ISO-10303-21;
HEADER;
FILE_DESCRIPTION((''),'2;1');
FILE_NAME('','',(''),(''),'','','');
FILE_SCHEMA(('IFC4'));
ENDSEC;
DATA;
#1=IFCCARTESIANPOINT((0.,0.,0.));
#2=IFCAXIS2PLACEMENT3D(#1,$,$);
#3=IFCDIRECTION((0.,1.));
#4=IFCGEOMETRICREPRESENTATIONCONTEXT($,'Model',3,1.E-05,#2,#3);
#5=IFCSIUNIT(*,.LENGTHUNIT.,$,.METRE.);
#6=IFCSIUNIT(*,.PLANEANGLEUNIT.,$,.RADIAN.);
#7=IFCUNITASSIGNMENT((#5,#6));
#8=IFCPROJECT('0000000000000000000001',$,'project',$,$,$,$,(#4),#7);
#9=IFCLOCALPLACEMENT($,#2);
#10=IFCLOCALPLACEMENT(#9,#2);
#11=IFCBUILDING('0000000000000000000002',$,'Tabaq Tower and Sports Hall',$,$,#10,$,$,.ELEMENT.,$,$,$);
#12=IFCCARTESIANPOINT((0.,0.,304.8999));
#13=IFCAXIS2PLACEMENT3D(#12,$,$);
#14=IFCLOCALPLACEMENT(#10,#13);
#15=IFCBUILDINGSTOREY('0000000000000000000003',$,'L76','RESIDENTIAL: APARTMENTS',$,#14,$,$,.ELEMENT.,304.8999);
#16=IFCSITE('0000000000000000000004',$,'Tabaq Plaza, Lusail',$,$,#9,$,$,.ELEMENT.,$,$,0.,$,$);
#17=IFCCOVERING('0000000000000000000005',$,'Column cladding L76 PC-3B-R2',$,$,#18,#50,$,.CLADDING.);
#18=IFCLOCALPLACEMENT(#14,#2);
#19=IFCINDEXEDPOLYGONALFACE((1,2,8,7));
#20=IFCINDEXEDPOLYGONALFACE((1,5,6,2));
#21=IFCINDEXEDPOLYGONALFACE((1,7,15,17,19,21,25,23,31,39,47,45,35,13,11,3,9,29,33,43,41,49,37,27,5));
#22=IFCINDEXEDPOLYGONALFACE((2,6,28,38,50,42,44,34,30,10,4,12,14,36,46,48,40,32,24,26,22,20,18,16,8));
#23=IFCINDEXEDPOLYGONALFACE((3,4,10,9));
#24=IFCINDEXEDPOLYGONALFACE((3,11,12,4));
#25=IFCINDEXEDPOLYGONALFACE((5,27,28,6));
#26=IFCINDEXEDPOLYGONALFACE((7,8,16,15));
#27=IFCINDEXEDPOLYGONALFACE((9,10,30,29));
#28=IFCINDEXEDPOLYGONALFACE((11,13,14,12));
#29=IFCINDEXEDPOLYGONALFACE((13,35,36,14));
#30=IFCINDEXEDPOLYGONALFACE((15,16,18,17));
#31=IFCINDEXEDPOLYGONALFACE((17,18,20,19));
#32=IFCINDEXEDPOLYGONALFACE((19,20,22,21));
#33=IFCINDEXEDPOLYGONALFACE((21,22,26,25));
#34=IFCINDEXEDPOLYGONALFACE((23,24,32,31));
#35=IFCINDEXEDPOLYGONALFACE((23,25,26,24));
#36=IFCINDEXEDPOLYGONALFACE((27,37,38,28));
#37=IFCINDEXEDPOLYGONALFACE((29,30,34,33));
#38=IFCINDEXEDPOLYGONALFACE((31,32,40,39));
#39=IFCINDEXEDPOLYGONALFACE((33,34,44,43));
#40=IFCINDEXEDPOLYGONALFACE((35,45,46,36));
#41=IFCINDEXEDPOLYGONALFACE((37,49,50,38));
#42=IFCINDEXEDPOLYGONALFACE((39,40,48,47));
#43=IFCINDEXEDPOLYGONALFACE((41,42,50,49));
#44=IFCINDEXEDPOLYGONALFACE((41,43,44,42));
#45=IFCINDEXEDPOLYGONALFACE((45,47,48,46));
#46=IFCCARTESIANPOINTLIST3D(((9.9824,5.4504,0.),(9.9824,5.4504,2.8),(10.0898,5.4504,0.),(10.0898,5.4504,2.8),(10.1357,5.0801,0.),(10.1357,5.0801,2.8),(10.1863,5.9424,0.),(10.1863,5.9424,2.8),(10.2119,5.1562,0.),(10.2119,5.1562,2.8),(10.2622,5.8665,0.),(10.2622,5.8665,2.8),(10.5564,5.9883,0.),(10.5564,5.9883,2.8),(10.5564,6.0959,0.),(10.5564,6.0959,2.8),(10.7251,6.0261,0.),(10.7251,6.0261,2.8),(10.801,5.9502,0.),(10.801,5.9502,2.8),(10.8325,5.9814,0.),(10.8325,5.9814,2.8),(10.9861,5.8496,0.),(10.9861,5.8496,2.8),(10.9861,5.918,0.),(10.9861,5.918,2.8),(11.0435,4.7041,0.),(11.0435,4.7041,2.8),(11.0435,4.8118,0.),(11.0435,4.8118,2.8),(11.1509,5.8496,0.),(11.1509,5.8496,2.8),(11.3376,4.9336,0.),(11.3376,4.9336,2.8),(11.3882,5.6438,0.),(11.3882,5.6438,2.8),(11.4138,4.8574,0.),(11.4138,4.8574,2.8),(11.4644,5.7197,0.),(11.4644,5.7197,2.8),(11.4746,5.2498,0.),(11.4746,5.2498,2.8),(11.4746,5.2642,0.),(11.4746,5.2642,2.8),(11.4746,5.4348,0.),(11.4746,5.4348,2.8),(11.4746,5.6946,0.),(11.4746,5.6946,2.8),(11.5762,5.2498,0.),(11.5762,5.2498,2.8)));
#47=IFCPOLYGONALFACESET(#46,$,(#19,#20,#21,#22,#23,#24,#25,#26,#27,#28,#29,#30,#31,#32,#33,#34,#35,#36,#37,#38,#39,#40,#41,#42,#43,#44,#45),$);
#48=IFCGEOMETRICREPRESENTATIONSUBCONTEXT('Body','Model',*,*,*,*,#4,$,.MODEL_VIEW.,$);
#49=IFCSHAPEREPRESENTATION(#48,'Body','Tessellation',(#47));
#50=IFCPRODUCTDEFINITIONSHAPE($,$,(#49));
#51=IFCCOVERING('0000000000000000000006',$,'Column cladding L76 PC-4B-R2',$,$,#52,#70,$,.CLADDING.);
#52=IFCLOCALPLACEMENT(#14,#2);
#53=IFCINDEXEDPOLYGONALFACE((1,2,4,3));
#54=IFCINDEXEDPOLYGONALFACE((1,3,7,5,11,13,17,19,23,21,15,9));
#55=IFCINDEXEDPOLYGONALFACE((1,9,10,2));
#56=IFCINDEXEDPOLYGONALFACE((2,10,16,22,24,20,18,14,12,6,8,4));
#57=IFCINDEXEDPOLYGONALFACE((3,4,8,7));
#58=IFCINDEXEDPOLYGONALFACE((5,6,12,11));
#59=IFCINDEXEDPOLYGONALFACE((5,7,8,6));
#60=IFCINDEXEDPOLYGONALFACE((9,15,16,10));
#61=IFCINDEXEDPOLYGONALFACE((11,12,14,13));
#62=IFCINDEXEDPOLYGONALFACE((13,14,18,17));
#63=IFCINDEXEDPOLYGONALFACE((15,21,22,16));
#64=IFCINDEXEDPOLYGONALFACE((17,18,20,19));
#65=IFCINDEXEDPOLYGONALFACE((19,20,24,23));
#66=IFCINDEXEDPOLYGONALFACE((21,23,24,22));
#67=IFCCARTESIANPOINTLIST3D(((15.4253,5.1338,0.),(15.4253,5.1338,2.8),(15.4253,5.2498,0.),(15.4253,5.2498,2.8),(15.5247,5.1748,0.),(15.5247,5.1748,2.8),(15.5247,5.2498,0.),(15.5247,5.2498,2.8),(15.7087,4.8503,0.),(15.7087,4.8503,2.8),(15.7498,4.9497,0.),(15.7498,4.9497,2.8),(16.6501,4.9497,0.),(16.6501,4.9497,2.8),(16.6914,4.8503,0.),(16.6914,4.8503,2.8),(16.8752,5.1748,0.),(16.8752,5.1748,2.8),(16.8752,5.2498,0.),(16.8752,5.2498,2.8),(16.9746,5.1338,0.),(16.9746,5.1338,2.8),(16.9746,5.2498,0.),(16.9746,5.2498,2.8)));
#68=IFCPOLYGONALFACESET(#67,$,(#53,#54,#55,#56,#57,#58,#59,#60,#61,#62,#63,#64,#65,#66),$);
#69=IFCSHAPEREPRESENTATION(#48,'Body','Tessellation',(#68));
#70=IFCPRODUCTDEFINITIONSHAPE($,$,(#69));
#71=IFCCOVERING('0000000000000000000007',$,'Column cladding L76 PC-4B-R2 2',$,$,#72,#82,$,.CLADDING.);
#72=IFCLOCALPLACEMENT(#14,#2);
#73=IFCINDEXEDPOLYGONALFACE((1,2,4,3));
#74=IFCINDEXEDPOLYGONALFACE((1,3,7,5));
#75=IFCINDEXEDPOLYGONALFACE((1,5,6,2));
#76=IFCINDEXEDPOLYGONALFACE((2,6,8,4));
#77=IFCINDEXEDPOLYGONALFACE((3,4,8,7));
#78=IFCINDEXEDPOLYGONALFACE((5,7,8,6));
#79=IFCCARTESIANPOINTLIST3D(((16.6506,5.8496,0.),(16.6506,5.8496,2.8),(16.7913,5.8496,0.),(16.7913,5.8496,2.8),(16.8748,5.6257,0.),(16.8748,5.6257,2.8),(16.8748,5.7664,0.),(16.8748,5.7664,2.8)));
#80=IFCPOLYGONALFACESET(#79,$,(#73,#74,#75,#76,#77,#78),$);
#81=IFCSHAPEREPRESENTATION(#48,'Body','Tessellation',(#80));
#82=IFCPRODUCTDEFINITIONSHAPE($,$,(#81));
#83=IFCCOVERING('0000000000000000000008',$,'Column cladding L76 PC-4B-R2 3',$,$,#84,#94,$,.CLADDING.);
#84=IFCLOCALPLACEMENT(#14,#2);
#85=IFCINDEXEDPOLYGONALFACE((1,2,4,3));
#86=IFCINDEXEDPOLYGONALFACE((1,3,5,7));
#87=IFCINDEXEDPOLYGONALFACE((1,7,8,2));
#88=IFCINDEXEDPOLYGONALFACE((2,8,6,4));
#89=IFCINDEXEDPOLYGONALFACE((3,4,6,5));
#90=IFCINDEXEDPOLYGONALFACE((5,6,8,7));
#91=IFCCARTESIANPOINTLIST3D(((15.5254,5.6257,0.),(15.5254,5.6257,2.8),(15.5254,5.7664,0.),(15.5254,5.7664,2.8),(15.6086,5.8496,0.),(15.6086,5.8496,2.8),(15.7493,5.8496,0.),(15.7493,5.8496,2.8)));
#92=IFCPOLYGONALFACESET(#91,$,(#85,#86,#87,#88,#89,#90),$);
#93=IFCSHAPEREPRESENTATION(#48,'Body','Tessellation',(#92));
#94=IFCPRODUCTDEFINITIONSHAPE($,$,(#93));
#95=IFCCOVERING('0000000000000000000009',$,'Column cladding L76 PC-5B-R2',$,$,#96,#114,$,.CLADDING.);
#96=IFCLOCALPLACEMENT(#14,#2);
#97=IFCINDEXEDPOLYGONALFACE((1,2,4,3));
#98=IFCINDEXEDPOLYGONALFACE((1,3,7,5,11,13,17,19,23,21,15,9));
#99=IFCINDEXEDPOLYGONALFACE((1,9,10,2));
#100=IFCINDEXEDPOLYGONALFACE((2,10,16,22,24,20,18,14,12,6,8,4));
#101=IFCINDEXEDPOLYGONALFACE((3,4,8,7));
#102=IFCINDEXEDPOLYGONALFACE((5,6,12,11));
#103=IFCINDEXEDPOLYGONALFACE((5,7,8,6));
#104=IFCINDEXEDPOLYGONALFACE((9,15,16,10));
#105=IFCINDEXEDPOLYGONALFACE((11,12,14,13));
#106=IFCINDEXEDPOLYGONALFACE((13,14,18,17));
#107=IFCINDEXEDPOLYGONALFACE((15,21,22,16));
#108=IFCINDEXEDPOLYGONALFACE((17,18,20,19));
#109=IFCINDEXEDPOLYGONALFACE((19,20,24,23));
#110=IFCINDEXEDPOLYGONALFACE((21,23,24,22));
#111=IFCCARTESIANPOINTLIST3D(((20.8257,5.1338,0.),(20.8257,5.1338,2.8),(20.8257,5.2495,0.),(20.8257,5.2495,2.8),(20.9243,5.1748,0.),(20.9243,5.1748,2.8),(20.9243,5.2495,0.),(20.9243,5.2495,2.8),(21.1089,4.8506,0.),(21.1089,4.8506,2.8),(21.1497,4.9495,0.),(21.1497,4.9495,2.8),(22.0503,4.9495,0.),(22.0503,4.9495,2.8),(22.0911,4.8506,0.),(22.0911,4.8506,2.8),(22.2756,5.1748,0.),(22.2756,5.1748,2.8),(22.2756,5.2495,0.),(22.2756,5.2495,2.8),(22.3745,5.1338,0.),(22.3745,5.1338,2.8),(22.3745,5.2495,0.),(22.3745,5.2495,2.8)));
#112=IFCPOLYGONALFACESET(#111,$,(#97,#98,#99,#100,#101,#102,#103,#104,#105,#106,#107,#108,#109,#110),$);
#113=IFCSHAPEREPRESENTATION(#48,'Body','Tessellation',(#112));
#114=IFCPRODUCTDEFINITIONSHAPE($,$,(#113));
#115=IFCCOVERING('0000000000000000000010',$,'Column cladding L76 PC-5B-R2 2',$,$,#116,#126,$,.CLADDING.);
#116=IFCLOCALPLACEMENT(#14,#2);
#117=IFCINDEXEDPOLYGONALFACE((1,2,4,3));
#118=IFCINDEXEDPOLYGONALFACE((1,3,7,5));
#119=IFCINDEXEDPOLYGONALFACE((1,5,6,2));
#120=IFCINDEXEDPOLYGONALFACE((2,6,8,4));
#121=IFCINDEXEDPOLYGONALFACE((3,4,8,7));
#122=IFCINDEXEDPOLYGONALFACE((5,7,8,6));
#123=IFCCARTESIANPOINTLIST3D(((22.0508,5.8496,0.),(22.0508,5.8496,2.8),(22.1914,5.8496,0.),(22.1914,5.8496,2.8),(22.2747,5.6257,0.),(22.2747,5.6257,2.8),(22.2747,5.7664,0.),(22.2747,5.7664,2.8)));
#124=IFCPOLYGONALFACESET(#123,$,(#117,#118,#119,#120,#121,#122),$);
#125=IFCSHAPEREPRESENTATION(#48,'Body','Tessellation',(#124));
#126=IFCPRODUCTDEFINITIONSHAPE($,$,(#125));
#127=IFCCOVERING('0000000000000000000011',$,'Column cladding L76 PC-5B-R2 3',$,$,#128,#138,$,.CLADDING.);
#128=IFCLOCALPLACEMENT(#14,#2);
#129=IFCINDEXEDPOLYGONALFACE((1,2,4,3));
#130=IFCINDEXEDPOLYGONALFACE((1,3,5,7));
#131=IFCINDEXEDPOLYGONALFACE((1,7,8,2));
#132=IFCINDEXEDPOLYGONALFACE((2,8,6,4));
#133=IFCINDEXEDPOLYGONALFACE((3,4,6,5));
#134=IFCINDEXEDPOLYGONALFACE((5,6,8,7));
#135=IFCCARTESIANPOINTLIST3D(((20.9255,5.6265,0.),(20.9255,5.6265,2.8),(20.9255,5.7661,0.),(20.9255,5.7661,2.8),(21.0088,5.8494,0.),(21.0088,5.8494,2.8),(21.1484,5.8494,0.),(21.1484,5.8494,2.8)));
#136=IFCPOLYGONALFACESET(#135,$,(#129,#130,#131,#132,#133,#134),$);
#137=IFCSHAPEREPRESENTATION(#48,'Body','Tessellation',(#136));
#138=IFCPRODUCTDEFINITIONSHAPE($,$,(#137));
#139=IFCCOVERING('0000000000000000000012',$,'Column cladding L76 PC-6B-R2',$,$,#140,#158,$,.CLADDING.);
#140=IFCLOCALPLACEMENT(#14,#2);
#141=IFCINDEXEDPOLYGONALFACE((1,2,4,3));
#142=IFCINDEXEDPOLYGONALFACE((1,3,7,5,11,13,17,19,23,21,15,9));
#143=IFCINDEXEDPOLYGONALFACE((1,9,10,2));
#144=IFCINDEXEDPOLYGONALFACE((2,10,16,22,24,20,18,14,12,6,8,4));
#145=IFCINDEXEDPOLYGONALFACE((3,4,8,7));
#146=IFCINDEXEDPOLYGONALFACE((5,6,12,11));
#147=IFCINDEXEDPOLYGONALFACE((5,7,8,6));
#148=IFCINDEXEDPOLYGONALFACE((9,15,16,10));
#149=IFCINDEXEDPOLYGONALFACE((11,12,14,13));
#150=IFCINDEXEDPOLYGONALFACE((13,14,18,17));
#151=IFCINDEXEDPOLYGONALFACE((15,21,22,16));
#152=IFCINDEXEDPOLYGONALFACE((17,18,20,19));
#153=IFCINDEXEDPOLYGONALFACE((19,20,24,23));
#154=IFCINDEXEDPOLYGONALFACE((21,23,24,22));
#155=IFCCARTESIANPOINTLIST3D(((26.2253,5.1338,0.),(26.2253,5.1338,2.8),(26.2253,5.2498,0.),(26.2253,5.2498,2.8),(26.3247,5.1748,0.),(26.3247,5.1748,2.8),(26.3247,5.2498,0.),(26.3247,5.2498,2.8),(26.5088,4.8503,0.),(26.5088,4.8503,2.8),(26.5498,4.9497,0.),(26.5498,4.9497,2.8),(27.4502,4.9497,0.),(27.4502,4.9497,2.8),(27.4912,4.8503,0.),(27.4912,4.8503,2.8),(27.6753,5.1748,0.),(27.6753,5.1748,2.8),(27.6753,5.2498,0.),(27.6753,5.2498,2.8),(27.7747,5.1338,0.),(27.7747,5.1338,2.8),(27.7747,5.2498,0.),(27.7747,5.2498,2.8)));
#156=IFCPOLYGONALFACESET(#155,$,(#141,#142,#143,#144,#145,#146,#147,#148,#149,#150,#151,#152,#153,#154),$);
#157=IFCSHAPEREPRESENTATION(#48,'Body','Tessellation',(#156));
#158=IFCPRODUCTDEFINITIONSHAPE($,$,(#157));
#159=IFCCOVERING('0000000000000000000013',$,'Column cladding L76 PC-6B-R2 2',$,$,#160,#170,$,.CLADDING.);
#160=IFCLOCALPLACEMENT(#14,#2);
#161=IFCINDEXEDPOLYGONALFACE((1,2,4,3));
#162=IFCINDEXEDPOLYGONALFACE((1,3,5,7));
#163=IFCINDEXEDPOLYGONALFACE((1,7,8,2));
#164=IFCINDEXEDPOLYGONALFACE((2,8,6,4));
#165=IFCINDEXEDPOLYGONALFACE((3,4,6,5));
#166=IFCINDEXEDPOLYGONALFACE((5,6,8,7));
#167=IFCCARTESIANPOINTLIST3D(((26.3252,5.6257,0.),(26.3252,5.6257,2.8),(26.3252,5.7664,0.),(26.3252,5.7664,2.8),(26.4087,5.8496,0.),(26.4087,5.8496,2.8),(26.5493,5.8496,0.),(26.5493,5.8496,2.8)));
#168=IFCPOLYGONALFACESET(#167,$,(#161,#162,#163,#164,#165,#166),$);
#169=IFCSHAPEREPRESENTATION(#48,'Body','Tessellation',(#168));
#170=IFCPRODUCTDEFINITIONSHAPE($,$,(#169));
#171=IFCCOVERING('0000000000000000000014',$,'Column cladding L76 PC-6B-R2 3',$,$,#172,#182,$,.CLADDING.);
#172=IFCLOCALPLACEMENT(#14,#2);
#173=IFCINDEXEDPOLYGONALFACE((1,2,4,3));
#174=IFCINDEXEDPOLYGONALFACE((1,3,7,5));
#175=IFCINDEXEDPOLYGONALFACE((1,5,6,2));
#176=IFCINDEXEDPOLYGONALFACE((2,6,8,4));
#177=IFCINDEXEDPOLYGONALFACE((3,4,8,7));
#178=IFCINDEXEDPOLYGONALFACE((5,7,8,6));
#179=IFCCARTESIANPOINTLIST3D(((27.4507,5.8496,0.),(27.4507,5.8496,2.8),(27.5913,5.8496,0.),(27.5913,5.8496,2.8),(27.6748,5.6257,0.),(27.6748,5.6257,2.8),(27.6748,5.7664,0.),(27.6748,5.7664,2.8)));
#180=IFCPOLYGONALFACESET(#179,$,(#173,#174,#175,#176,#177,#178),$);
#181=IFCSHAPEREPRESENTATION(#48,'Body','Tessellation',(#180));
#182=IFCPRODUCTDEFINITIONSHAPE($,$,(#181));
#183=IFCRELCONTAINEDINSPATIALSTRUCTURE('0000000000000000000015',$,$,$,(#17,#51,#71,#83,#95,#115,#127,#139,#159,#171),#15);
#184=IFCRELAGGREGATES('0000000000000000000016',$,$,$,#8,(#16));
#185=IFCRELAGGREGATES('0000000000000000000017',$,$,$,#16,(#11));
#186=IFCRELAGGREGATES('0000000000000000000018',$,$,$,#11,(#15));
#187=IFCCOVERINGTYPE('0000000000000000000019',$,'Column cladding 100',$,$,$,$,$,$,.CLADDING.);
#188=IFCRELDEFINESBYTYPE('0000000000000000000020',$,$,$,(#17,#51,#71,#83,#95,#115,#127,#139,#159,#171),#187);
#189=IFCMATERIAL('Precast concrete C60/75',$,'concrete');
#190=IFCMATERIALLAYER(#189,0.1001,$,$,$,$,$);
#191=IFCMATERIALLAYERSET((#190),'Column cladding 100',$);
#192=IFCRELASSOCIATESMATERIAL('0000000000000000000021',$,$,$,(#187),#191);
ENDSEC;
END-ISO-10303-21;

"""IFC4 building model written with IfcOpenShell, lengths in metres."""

from ifc_helpers import new_model, si_unit, direction, frame, origin, place, context, subcontext, project, spatial, polyline, outline, extrude, material, layer, layer_set, type_object, element, save


model = new_model("IFC4")

# Units and contexts
model_context = context("Model", 3, precision=1e-05, world=origin(), true_north=direction((0.0, 1.0)))
body_context = subcontext(model_context, "Body", "Model", "MODEL_VIEW")
ifc_project = project(units=[si_unit("LENGTHUNIT", "METRE"), si_unit("PLANEANGLEUNIT", "RADIAN")], contexts=[model_context])

# Site, building, storey
site_placement = place(None, origin())
site = spatial("IfcSite", under=ifc_project, at=site_placement, Name="Tabaq Plaza, Lusail", CompositionType="ELEMENT", RefElevation=0.0)
building_placement = place(site_placement, origin())
building = spatial("IfcBuilding", under=site, at=building_placement, Name="Tabaq Tower and Sports Hall", CompositionType="ELEMENT")
storey_placement = place(building_placement, frame((0.0, 0.0, 304.8999)))
storey = spatial("IfcBuildingStorey", under=building, at=storey_placement, Name="L76", Description="RESIDENTIAL: APARTMENTS", CompositionType="ELEMENT", Elevation=304.8999)

# Coverings
ifc_material_1 = material(Name="Precast concrete C60/75", Category="concrete")
ifc_layer_1 = layer(ifc_material_1, 0.1001)
ifc_layer_set_1 = layer_set([ifc_layer_1], Name="Column cladding 100")
covering_type = type_object("IfcCoveringType", Name="Column cladding 100", PredefinedType="CLADDING", material=ifc_layer_set_1)
covering_1_placement = place(storey_placement, origin())
element("IfcCovering", 1, at=covering_1_placement, inside=storey, type_object=covering_type, Name="Column cladding L76 PC-3B-R2", PredefinedType="CLADDING", context=body_context, shape_type="SweptSolid", body=[
    extrude(outline(polyline([(11.4138, 4.8574), (11.0435, 4.7041), (10.1357, 5.0801), (9.9824, 5.4504), (10.1863, 5.9424), (10.5564, 6.0959), (10.7251, 6.0261), (10.801, 5.9502), (10.8325, 5.9814), (10.9861, 5.918), (10.9861, 5.8496), (11.1509, 5.8496), (11.4644, 5.7197), (11.4746, 5.6946), (11.4746, 5.4348), (11.3882, 5.6438), (10.5564, 5.9883), (10.2622, 5.8665), (10.0898, 5.4504), (10.2119, 5.1562), (11.0435, 4.8118), (11.3376, 4.9336), (11.4746, 5.2642), (11.4746, 5.2498), (11.5762, 5.2498), (11.4138, 4.8574)])), origin(), (0.0, 0.0, 1.0), 2.8),
])
covering_2_placement = place(storey_placement, origin())
element("IfcCovering", 2, at=covering_2_placement, inside=storey, type_object=covering_type, Name="Column cladding L76 PC-4B-R2", PredefinedType="CLADDING", context=body_context, shape_type="SweptSolid", body=[
    extrude(outline(polyline([(15.4253, 5.2498), (15.5247, 5.2498), (15.5247, 5.1748), (15.7498, 4.9497), (16.6501, 4.9497), (16.8752, 5.1748), (16.8752, 5.2498), (16.9746, 5.2498), (16.9746, 5.1338), (16.6914, 4.8503), (15.7087, 4.8503), (15.4253, 5.1338), (15.4253, 5.2498)])), origin(), (0.0, 0.0, 1.0), 2.8),
])
covering_3_placement = place(storey_placement, origin())
element("IfcCovering", 3, at=covering_3_placement, inside=storey, type_object=covering_type, Name="Column cladding L76 PC-4B-R2 2", PredefinedType="CLADDING", context=body_context, shape_type="SweptSolid", body=[
    extrude(outline(polyline([(16.8748, 5.7664), (16.8748, 5.6257), (16.6506, 5.8496), (16.7913, 5.8496), (16.8748, 5.7664)])), origin(), (0.0, 0.0, 1.0), 2.8),
])
covering_4_placement = place(storey_placement, origin())
element("IfcCovering", 4, at=covering_4_placement, inside=storey, type_object=covering_type, Name="Column cladding L76 PC-4B-R2 3", PredefinedType="CLADDING", context=body_context, shape_type="SweptSolid", body=[
    extrude(outline(polyline([(15.6086, 5.8496), (15.7493, 5.8496), (15.5254, 5.6257), (15.5254, 5.7664), (15.6086, 5.8496)])), origin(), (0.0, 0.0, 1.0), 2.8),
])
covering_5_placement = place(storey_placement, origin())
element("IfcCovering", 5, at=covering_5_placement, inside=storey, type_object=covering_type, Name="Column cladding L76 PC-5B-R2", PredefinedType="CLADDING", context=body_context, shape_type="SweptSolid", body=[
    extrude(outline(polyline([(20.8257, 5.2495), (20.9243, 5.2495), (20.9243, 5.1748), (21.1497, 4.9495), (22.0503, 4.9495), (22.2756, 5.1748), (22.2756, 5.2495), (22.3745, 5.2495), (22.3745, 5.1338), (22.0911, 4.8506), (21.1089, 4.8506), (20.8257, 5.1338), (20.8257, 5.2495)])), origin(), (0.0, 0.0, 1.0), 2.8),
])
covering_6_placement = place(storey_placement, origin())
element("IfcCovering", 6, at=covering_6_placement, inside=storey, type_object=covering_type, Name="Column cladding L76 PC-5B-R2 2", PredefinedType="CLADDING", context=body_context, shape_type="SweptSolid", body=[
    extrude(outline(polyline([(22.2747, 5.7664), (22.2747, 5.6257), (22.0508, 5.8496), (22.1914, 5.8496), (22.2747, 5.7664)])), origin(), (0.0, 0.0, 1.0), 2.8),
])
covering_7_placement = place(storey_placement, origin())
element("IfcCovering", 7, at=covering_7_placement, inside=storey, type_object=covering_type, Name="Column cladding L76 PC-5B-R2 3", PredefinedType="CLADDING", context=body_context, shape_type="SweptSolid", body=[
    extrude(outline(polyline([(20.9255, 5.6265), (20.9255, 5.7661), (21.0088, 5.8494), (21.1484, 5.8494), (20.9255, 5.6265)])), origin(), (0.0, 0.0, 1.0), 2.8),
])
covering_8_placement = place(storey_placement, origin())
element("IfcCovering", 8, at=covering_8_placement, inside=storey, type_object=covering_type, Name="Column cladding L76 PC-6B-R2", PredefinedType="CLADDING", context=body_context, shape_type="SweptSolid", body=[
    extrude(outline(polyline([(26.2253, 5.2498), (26.3247, 5.2498), (26.3247, 5.1748), (26.5498, 4.9497), (27.4502, 4.9497), (27.6753, 5.1748), (27.6753, 5.2498), (27.7747, 5.2498), (27.7747, 5.1338), (27.4912, 4.8503), (26.5088, 4.8503), (26.2253, 5.1338), (26.2253, 5.2498)])), origin(), (0.0, 0.0, 1.0), 2.8),
])
covering_9_placement = place(storey_placement, origin())
element("IfcCovering", 9, at=covering_9_placement, inside=storey, type_object=covering_type, Name="Column cladding L76 PC-6B-R2 2", PredefinedType="CLADDING", context=body_context, shape_type="SweptSolid", body=[
    extrude(outline(polyline([(26.4087, 5.8496), (26.5493, 5.8496), (26.3252, 5.6257), (26.3252, 5.7664), (26.4087, 5.8496)])), origin(), (0.0, 0.0, 1.0), 2.8),
])
covering_10_placement = place(storey_placement, origin())
element("IfcCovering", 10, at=covering_10_placement, inside=storey, type_object=covering_type, Name="Column cladding L76 PC-6B-R2 3", PredefinedType="CLADDING", context=body_context, shape_type="SweptSolid", body=[
    extrude(outline(polyline([(27.6748, 5.7664), (27.6748, 5.6257), (27.4507, 5.8496), (27.5913, 5.8496), (27.6748, 5.7664)])), origin(), (0.0, 0.0, 1.0), 2.8),
])

save(model, "model.ifc")
